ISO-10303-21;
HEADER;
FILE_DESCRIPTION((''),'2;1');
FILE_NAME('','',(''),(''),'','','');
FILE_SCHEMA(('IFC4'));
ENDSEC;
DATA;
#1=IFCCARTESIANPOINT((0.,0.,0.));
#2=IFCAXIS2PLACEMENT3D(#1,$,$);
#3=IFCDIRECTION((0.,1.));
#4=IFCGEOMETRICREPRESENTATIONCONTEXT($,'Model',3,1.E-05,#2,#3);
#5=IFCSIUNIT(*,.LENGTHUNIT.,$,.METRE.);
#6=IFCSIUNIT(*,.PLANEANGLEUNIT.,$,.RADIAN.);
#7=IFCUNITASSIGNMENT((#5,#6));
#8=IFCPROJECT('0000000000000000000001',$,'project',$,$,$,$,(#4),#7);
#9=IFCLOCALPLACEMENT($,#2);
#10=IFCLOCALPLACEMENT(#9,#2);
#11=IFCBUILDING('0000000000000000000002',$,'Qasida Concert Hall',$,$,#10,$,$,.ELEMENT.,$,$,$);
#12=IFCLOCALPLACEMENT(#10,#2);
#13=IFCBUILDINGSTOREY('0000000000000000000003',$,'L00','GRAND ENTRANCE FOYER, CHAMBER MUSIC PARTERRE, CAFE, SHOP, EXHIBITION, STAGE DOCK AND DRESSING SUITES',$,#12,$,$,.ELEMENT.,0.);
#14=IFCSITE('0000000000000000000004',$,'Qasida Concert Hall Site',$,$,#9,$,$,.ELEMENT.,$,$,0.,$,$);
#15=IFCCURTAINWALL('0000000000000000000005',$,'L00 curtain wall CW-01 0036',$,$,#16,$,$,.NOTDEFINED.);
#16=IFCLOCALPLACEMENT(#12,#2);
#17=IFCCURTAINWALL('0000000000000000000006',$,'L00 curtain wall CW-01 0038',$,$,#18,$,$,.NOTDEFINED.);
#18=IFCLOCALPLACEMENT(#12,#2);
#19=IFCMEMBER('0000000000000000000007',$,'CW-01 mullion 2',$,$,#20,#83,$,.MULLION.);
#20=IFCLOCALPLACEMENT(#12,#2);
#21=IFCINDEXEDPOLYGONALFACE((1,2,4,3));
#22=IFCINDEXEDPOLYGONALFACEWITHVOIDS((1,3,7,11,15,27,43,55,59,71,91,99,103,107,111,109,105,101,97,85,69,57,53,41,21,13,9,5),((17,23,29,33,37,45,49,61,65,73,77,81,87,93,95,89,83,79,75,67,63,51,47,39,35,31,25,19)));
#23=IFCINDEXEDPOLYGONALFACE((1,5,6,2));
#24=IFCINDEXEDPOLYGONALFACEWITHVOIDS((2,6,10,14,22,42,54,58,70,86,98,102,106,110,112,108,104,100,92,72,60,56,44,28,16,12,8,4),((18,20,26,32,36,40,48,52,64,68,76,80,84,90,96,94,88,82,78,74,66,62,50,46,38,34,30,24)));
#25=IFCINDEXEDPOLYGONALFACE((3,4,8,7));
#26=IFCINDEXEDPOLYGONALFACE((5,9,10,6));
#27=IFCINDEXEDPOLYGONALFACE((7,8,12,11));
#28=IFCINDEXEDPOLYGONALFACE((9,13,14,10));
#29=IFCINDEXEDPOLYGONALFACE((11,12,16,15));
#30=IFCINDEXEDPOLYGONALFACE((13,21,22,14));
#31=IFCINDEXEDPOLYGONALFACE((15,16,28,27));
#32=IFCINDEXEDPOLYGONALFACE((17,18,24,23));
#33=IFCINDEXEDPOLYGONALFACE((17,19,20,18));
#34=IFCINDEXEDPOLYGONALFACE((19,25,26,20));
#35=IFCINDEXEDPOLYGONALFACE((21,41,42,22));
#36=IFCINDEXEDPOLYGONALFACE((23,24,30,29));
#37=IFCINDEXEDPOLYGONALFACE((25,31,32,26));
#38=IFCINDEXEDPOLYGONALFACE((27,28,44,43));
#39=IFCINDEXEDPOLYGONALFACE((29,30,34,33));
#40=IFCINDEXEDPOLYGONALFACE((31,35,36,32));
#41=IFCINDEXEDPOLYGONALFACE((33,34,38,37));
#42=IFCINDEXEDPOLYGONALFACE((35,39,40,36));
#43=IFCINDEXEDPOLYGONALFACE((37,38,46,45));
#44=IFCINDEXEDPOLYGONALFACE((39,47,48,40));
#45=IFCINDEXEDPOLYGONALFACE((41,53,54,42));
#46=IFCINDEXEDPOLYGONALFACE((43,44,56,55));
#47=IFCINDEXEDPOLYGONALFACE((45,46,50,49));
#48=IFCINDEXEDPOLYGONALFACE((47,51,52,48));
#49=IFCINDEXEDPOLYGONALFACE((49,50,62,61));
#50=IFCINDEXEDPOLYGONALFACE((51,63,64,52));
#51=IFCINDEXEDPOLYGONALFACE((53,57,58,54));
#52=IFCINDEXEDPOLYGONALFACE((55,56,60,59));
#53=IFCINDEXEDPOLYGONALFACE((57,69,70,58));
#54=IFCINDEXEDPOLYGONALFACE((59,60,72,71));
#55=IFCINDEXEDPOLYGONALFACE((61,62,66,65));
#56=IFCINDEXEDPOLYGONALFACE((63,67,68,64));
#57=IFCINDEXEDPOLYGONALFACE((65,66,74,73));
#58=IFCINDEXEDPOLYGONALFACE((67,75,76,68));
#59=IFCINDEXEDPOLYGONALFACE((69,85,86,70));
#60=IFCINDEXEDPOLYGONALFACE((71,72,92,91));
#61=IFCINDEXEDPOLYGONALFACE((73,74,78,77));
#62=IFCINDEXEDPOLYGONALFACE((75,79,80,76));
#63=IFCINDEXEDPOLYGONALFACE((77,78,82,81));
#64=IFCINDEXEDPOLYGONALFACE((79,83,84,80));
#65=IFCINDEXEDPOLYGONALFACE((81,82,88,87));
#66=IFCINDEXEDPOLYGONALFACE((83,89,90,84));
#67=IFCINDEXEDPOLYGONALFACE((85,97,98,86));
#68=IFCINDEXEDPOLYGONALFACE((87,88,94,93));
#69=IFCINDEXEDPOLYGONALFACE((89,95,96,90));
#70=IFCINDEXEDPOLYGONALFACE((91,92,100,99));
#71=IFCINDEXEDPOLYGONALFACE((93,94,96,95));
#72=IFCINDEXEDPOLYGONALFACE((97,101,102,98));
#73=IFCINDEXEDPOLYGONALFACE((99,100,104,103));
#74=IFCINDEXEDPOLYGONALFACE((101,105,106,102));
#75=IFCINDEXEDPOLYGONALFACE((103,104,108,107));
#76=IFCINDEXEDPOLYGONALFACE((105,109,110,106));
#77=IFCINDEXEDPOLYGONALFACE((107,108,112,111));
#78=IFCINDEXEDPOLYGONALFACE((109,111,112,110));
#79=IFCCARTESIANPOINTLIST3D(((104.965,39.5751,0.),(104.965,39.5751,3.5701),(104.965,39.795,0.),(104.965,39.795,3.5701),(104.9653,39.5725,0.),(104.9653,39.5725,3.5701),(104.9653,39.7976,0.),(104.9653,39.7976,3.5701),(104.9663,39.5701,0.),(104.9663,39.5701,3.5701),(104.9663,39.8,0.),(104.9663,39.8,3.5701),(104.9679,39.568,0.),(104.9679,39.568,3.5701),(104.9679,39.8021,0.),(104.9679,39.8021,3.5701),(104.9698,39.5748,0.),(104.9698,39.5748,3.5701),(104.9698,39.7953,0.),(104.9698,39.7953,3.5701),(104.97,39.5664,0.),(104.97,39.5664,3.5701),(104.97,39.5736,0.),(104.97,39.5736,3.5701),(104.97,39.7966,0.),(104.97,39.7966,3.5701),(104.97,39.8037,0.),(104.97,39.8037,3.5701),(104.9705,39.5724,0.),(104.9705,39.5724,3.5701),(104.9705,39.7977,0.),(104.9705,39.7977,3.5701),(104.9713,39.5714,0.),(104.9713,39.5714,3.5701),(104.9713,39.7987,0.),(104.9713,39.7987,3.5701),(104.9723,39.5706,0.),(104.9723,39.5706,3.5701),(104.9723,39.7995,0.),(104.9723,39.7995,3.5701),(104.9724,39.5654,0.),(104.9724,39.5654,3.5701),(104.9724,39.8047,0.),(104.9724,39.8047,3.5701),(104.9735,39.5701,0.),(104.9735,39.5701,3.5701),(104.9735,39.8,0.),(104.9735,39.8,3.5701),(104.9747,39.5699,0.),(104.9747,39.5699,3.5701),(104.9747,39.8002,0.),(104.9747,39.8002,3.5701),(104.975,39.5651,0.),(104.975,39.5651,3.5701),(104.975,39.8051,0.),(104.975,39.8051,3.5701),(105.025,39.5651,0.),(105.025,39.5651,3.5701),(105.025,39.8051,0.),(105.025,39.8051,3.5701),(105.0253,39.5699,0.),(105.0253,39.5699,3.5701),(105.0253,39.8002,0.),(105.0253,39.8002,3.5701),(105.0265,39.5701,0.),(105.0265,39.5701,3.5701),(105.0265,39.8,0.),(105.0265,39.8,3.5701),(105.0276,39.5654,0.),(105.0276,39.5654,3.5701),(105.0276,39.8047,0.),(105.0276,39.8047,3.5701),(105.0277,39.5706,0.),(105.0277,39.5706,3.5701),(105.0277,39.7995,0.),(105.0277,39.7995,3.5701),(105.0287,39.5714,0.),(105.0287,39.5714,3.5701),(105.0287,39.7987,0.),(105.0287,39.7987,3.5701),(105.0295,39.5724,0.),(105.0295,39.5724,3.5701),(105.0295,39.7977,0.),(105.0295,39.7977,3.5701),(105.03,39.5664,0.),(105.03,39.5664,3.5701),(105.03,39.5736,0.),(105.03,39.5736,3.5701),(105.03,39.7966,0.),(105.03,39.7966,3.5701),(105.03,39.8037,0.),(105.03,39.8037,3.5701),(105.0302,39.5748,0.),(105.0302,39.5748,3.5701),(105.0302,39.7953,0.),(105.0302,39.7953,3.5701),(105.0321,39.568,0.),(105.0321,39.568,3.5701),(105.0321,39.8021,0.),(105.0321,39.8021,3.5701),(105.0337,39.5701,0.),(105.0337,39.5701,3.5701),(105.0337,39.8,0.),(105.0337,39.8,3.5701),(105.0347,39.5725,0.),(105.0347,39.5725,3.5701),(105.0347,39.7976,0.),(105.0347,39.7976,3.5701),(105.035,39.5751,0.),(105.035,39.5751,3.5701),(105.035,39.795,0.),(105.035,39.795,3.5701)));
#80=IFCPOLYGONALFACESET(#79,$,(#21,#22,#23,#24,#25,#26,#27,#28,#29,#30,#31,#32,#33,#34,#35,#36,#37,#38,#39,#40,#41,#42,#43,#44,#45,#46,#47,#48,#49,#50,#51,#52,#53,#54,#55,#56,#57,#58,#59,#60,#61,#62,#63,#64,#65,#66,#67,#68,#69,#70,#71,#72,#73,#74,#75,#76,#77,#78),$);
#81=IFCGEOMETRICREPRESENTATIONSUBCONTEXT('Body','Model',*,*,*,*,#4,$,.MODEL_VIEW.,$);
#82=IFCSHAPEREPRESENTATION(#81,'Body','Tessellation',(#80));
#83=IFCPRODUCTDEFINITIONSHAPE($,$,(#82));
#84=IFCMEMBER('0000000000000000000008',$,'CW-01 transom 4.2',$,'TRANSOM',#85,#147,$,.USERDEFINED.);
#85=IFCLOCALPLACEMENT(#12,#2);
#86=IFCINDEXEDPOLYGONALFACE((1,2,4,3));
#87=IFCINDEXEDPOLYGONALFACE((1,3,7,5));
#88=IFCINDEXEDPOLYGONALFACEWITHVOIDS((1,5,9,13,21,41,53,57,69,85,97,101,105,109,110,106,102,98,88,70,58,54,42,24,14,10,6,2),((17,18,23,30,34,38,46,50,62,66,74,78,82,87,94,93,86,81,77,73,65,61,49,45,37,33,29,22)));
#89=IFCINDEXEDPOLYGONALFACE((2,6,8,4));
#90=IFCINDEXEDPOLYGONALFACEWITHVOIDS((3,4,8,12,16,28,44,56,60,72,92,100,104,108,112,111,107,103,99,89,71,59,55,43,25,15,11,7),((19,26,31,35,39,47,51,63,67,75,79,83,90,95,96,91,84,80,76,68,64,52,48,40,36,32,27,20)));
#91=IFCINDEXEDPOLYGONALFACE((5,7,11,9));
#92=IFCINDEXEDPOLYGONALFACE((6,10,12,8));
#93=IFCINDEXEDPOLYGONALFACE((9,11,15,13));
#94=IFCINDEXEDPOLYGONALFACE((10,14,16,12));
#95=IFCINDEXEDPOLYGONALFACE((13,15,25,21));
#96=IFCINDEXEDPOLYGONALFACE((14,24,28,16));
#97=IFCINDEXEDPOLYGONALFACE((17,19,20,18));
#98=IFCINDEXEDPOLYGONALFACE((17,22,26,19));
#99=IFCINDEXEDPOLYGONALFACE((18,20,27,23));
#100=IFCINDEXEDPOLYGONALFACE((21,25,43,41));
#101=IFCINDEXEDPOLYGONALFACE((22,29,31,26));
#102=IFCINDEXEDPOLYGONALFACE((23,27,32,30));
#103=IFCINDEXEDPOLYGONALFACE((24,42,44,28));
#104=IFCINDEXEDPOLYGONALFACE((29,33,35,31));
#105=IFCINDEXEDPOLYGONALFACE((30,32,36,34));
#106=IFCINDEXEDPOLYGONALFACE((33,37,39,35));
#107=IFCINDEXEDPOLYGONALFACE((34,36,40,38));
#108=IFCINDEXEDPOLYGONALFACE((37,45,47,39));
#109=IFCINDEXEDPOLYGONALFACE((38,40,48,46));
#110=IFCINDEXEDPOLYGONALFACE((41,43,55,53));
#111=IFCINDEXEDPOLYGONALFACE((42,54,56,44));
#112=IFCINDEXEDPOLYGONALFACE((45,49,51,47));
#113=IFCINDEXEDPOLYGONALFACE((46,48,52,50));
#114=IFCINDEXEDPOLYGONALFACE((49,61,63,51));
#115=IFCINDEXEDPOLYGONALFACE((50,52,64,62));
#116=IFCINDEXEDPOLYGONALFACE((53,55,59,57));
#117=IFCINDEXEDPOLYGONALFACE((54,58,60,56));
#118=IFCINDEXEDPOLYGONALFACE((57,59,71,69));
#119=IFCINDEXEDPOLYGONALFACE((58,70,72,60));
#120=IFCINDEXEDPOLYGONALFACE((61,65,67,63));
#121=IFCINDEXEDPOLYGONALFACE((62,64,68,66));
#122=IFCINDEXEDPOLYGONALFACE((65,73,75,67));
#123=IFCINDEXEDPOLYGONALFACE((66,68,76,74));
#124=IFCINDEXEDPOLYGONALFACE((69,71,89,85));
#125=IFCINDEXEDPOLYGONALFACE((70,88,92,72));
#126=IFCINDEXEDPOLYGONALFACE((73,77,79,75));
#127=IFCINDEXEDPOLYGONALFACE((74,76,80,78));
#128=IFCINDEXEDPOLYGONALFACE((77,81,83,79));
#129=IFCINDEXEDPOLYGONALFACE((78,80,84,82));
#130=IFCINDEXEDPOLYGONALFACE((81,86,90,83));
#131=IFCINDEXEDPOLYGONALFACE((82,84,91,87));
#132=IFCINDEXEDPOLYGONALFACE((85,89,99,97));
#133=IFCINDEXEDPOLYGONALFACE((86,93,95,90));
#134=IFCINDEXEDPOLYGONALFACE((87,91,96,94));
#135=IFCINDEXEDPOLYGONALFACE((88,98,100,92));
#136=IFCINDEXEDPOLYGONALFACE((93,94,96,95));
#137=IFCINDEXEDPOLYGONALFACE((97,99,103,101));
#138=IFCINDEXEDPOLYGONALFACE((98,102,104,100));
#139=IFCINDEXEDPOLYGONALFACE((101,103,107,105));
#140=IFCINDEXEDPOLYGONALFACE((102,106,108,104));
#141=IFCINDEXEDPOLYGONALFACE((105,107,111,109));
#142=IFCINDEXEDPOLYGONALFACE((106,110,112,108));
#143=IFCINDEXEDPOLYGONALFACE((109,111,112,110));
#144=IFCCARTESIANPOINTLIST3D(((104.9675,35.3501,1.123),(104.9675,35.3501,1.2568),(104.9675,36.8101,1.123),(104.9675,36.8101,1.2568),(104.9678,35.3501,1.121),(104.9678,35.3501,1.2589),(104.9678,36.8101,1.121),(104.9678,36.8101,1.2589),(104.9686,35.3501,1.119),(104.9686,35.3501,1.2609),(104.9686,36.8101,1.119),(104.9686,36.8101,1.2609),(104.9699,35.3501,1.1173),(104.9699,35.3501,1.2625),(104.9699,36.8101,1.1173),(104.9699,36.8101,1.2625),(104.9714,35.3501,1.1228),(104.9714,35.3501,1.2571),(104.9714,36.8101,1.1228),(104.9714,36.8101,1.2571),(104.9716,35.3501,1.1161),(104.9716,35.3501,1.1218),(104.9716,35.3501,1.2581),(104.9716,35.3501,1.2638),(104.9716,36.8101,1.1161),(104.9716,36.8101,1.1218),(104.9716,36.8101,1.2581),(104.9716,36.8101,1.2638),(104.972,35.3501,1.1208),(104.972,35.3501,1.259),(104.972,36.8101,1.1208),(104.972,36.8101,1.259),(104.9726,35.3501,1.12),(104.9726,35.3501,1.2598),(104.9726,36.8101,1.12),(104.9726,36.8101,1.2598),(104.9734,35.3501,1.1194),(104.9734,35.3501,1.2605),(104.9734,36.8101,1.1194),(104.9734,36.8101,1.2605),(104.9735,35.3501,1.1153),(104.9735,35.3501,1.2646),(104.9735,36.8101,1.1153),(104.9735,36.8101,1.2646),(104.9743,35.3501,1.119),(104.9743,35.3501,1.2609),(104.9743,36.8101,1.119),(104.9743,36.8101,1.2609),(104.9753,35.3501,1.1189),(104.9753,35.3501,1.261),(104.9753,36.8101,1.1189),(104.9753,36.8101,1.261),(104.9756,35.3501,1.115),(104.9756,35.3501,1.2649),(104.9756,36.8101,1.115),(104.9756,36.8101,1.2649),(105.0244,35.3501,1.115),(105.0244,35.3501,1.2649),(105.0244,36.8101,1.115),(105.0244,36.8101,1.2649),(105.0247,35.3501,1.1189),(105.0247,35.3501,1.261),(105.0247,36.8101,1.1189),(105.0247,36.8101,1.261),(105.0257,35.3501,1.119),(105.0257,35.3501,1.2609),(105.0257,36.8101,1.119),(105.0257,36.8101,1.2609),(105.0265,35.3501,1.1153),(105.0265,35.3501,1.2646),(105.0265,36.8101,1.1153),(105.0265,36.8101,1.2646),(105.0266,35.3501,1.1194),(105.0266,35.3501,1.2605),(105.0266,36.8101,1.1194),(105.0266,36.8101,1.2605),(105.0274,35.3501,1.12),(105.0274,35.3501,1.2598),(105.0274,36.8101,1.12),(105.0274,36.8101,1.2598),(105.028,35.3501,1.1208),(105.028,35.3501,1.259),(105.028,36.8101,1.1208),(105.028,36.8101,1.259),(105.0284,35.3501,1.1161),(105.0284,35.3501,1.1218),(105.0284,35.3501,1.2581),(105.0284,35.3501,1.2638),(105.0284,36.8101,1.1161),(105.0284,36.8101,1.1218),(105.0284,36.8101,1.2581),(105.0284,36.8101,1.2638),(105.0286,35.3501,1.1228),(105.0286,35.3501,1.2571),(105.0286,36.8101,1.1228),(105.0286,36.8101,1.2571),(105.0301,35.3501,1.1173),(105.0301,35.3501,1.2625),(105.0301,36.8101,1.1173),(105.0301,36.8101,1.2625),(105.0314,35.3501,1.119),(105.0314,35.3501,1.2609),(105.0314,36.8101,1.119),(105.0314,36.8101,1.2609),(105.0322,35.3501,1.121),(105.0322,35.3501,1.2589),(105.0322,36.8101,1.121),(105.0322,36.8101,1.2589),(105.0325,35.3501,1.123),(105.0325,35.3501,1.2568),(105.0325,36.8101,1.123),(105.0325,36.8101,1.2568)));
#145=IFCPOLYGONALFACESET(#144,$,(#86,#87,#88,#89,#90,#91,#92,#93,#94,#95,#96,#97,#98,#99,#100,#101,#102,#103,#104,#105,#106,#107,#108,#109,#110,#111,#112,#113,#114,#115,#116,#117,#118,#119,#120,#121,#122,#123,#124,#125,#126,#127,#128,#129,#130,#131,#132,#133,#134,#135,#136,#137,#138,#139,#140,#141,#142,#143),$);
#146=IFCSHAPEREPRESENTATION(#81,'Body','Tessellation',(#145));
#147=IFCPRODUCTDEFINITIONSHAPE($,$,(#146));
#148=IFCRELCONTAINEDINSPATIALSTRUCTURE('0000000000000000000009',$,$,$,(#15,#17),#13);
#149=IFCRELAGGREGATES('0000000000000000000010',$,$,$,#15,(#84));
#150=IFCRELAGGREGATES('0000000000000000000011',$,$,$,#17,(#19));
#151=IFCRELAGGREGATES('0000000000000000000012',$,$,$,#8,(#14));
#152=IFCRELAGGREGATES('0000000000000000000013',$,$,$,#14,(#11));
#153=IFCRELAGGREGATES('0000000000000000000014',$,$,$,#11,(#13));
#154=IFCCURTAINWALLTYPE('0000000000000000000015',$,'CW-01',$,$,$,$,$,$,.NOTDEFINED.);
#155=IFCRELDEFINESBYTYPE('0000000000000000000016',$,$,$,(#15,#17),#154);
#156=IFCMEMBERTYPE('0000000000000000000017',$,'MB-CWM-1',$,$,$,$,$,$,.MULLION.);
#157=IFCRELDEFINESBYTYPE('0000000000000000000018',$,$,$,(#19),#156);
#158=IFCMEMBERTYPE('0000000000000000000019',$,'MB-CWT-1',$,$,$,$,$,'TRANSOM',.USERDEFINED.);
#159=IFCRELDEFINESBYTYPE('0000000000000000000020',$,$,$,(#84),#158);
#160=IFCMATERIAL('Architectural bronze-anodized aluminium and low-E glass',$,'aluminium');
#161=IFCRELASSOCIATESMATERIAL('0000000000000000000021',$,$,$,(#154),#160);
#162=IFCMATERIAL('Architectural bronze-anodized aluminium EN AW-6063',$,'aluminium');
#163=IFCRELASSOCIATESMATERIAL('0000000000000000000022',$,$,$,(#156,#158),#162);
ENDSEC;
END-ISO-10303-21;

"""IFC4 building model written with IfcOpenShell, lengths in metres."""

from ifc_helpers import new_model, si_unit, direction, frame, origin, origin_2d, place, context, subcontext, project, spatial, hollow_rectangle, extrude, material, material_profile, profile_set, type_object, element, aggregate, save


model = new_model("IFC4")

# Units and contexts
model_context = context("Model", 3, precision=1e-05, world=origin(), true_north=direction((0.0, 1.0)))
body_context = subcontext(model_context, "Body", "Model", "MODEL_VIEW")
ifc_project = project(units=[si_unit("LENGTHUNIT", "METRE"), si_unit("PLANEANGLEUNIT", "RADIAN")], contexts=[model_context])

# Site, building, storey
site_placement = place(None, origin())
site = spatial("IfcSite", under=ifc_project, at=site_placement, Name="Qasida Concert Hall Site", CompositionType="ELEMENT", RefElevation=0.0)
building_placement = place(site_placement, origin())
building = spatial("IfcBuilding", under=site, at=building_placement, Name="Qasida Concert Hall", CompositionType="ELEMENT")
storey_placement = place(building_placement, origin())
storey = spatial("IfcBuildingStorey", under=building, at=storey_placement, Name="L00", Description="GRAND ENTRANCE FOYER, CHAMBER MUSIC PARTERRE, CAFE, SHOP, EXHIBITION, STAGE DOCK AND DRESSING SUITES", CompositionType="ELEMENT", Elevation=0.0)

# Curtain wall
ifc_material_1 = material(Name="Architectural bronze-anodized aluminium and low-E glass", Category="aluminium")
curtain_wall_type = type_object("IfcCurtainWallType", Name="CW-01", PredefinedType="NOTDEFINED", material=ifc_material_1)
curtain_wall_1_placement = place(storey_placement, origin())
curtain_wall_1 = element("IfcCurtainWall", 1, at=curtain_wall_1_placement, inside=storey, type_object=curtain_wall_type, Name="L00 curtain wall CW-01 0036", PredefinedType="NOTDEFINED")
ifc_material_2 = material(Name="Architectural bronze-anodized aluminium EN AW-6063", Category="aluminium")
ifc_material_profile_1 = material_profile(ifc_material_2, hollow_rectangle(XDim=0.0701, YDim=0.24, WallThickness=0.0049, InnerFilletRadius=0.0049, OuterFilletRadius=0.01, at=origin_2d()), Name="CWM 240x70x5")
ifc_profile_set_1 = profile_set([ifc_material_profile_1], Name="Architectural bronze-anodized aluminium EN AW-6063")
member_type_1 = type_object("IfcMemberType", Name="MB-CWM-1", PredefinedType="MULLION", material=ifc_profile_set_1)

# Curtain wall, member
curtain_wall_2_placement = place(storey_placement, origin())
curtain_wall_2 = element("IfcCurtainWall", 2, at=curtain_wall_2_placement, inside=storey, type_object=curtain_wall_type, Name="L00 curtain wall CW-01 0038", PredefinedType="NOTDEFINED")
member_1_placement = place(storey_placement, frame((105.0, 39.6851, 0.0), z_axis=(0.0, 0.0, 1.0), x_axis=(-1.0, 0.0, 0.0)))
member_1 = element("IfcMember", 3, at=member_1_placement, type_object=member_type_1, Name="CW-01 mullion 2", PredefinedType="MULLION", context=body_context, shape_type="SweptSolid", body=[
    extrude(hollow_rectangle(XDim=0.0701, YDim=0.24, WallThickness=0.0049, InnerFilletRadius=0.0049, OuterFilletRadius=0.01, at=origin_2d()), origin(), (0.0, 0.0, 1.0), 3.5701),
])

# Member
ifc_material_profile_2 = material_profile(ifc_material_2, hollow_rectangle(XDim=0.0649, YDim=0.1499, WallThickness=0.0039, InnerFilletRadius=0.0039, OuterFilletRadius=0.0081, at=origin_2d()), Name="CWT 150x65x4")
ifc_profile_set_2 = profile_set([ifc_material_profile_2], Name="Architectural bronze-anodized aluminium EN AW-6063")
member_type_2 = type_object("IfcMemberType", Name="MB-CWT-1", ElementType="TRANSOM", PredefinedType="USERDEFINED", material=ifc_profile_set_2)
member_2_placement = place(storey_placement, frame((105.0, 35.3501, 1.1899), z_axis=(0.0, 1.0, 0.0), x_axis=(-1.0, 0.0, 0.0)))
member_2 = element("IfcMember", 4, at=member_2_placement, type_object=member_type_2, Name="CW-01 transom 4.2", ObjectType="TRANSOM", PredefinedType="USERDEFINED", context=body_context, shape_type="SweptSolid", body=[
    extrude(hollow_rectangle(XDim=0.0649, YDim=0.1499, WallThickness=0.0039, InnerFilletRadius=0.0039, OuterFilletRadius=0.0081, at=origin_2d()), origin(), (0.0, 0.0, 1.0), 1.46),
])

aggregate(curtain_wall_1, [member_2])
aggregate(curtain_wall_2, [member_1])

save(model, "model.ifc")
